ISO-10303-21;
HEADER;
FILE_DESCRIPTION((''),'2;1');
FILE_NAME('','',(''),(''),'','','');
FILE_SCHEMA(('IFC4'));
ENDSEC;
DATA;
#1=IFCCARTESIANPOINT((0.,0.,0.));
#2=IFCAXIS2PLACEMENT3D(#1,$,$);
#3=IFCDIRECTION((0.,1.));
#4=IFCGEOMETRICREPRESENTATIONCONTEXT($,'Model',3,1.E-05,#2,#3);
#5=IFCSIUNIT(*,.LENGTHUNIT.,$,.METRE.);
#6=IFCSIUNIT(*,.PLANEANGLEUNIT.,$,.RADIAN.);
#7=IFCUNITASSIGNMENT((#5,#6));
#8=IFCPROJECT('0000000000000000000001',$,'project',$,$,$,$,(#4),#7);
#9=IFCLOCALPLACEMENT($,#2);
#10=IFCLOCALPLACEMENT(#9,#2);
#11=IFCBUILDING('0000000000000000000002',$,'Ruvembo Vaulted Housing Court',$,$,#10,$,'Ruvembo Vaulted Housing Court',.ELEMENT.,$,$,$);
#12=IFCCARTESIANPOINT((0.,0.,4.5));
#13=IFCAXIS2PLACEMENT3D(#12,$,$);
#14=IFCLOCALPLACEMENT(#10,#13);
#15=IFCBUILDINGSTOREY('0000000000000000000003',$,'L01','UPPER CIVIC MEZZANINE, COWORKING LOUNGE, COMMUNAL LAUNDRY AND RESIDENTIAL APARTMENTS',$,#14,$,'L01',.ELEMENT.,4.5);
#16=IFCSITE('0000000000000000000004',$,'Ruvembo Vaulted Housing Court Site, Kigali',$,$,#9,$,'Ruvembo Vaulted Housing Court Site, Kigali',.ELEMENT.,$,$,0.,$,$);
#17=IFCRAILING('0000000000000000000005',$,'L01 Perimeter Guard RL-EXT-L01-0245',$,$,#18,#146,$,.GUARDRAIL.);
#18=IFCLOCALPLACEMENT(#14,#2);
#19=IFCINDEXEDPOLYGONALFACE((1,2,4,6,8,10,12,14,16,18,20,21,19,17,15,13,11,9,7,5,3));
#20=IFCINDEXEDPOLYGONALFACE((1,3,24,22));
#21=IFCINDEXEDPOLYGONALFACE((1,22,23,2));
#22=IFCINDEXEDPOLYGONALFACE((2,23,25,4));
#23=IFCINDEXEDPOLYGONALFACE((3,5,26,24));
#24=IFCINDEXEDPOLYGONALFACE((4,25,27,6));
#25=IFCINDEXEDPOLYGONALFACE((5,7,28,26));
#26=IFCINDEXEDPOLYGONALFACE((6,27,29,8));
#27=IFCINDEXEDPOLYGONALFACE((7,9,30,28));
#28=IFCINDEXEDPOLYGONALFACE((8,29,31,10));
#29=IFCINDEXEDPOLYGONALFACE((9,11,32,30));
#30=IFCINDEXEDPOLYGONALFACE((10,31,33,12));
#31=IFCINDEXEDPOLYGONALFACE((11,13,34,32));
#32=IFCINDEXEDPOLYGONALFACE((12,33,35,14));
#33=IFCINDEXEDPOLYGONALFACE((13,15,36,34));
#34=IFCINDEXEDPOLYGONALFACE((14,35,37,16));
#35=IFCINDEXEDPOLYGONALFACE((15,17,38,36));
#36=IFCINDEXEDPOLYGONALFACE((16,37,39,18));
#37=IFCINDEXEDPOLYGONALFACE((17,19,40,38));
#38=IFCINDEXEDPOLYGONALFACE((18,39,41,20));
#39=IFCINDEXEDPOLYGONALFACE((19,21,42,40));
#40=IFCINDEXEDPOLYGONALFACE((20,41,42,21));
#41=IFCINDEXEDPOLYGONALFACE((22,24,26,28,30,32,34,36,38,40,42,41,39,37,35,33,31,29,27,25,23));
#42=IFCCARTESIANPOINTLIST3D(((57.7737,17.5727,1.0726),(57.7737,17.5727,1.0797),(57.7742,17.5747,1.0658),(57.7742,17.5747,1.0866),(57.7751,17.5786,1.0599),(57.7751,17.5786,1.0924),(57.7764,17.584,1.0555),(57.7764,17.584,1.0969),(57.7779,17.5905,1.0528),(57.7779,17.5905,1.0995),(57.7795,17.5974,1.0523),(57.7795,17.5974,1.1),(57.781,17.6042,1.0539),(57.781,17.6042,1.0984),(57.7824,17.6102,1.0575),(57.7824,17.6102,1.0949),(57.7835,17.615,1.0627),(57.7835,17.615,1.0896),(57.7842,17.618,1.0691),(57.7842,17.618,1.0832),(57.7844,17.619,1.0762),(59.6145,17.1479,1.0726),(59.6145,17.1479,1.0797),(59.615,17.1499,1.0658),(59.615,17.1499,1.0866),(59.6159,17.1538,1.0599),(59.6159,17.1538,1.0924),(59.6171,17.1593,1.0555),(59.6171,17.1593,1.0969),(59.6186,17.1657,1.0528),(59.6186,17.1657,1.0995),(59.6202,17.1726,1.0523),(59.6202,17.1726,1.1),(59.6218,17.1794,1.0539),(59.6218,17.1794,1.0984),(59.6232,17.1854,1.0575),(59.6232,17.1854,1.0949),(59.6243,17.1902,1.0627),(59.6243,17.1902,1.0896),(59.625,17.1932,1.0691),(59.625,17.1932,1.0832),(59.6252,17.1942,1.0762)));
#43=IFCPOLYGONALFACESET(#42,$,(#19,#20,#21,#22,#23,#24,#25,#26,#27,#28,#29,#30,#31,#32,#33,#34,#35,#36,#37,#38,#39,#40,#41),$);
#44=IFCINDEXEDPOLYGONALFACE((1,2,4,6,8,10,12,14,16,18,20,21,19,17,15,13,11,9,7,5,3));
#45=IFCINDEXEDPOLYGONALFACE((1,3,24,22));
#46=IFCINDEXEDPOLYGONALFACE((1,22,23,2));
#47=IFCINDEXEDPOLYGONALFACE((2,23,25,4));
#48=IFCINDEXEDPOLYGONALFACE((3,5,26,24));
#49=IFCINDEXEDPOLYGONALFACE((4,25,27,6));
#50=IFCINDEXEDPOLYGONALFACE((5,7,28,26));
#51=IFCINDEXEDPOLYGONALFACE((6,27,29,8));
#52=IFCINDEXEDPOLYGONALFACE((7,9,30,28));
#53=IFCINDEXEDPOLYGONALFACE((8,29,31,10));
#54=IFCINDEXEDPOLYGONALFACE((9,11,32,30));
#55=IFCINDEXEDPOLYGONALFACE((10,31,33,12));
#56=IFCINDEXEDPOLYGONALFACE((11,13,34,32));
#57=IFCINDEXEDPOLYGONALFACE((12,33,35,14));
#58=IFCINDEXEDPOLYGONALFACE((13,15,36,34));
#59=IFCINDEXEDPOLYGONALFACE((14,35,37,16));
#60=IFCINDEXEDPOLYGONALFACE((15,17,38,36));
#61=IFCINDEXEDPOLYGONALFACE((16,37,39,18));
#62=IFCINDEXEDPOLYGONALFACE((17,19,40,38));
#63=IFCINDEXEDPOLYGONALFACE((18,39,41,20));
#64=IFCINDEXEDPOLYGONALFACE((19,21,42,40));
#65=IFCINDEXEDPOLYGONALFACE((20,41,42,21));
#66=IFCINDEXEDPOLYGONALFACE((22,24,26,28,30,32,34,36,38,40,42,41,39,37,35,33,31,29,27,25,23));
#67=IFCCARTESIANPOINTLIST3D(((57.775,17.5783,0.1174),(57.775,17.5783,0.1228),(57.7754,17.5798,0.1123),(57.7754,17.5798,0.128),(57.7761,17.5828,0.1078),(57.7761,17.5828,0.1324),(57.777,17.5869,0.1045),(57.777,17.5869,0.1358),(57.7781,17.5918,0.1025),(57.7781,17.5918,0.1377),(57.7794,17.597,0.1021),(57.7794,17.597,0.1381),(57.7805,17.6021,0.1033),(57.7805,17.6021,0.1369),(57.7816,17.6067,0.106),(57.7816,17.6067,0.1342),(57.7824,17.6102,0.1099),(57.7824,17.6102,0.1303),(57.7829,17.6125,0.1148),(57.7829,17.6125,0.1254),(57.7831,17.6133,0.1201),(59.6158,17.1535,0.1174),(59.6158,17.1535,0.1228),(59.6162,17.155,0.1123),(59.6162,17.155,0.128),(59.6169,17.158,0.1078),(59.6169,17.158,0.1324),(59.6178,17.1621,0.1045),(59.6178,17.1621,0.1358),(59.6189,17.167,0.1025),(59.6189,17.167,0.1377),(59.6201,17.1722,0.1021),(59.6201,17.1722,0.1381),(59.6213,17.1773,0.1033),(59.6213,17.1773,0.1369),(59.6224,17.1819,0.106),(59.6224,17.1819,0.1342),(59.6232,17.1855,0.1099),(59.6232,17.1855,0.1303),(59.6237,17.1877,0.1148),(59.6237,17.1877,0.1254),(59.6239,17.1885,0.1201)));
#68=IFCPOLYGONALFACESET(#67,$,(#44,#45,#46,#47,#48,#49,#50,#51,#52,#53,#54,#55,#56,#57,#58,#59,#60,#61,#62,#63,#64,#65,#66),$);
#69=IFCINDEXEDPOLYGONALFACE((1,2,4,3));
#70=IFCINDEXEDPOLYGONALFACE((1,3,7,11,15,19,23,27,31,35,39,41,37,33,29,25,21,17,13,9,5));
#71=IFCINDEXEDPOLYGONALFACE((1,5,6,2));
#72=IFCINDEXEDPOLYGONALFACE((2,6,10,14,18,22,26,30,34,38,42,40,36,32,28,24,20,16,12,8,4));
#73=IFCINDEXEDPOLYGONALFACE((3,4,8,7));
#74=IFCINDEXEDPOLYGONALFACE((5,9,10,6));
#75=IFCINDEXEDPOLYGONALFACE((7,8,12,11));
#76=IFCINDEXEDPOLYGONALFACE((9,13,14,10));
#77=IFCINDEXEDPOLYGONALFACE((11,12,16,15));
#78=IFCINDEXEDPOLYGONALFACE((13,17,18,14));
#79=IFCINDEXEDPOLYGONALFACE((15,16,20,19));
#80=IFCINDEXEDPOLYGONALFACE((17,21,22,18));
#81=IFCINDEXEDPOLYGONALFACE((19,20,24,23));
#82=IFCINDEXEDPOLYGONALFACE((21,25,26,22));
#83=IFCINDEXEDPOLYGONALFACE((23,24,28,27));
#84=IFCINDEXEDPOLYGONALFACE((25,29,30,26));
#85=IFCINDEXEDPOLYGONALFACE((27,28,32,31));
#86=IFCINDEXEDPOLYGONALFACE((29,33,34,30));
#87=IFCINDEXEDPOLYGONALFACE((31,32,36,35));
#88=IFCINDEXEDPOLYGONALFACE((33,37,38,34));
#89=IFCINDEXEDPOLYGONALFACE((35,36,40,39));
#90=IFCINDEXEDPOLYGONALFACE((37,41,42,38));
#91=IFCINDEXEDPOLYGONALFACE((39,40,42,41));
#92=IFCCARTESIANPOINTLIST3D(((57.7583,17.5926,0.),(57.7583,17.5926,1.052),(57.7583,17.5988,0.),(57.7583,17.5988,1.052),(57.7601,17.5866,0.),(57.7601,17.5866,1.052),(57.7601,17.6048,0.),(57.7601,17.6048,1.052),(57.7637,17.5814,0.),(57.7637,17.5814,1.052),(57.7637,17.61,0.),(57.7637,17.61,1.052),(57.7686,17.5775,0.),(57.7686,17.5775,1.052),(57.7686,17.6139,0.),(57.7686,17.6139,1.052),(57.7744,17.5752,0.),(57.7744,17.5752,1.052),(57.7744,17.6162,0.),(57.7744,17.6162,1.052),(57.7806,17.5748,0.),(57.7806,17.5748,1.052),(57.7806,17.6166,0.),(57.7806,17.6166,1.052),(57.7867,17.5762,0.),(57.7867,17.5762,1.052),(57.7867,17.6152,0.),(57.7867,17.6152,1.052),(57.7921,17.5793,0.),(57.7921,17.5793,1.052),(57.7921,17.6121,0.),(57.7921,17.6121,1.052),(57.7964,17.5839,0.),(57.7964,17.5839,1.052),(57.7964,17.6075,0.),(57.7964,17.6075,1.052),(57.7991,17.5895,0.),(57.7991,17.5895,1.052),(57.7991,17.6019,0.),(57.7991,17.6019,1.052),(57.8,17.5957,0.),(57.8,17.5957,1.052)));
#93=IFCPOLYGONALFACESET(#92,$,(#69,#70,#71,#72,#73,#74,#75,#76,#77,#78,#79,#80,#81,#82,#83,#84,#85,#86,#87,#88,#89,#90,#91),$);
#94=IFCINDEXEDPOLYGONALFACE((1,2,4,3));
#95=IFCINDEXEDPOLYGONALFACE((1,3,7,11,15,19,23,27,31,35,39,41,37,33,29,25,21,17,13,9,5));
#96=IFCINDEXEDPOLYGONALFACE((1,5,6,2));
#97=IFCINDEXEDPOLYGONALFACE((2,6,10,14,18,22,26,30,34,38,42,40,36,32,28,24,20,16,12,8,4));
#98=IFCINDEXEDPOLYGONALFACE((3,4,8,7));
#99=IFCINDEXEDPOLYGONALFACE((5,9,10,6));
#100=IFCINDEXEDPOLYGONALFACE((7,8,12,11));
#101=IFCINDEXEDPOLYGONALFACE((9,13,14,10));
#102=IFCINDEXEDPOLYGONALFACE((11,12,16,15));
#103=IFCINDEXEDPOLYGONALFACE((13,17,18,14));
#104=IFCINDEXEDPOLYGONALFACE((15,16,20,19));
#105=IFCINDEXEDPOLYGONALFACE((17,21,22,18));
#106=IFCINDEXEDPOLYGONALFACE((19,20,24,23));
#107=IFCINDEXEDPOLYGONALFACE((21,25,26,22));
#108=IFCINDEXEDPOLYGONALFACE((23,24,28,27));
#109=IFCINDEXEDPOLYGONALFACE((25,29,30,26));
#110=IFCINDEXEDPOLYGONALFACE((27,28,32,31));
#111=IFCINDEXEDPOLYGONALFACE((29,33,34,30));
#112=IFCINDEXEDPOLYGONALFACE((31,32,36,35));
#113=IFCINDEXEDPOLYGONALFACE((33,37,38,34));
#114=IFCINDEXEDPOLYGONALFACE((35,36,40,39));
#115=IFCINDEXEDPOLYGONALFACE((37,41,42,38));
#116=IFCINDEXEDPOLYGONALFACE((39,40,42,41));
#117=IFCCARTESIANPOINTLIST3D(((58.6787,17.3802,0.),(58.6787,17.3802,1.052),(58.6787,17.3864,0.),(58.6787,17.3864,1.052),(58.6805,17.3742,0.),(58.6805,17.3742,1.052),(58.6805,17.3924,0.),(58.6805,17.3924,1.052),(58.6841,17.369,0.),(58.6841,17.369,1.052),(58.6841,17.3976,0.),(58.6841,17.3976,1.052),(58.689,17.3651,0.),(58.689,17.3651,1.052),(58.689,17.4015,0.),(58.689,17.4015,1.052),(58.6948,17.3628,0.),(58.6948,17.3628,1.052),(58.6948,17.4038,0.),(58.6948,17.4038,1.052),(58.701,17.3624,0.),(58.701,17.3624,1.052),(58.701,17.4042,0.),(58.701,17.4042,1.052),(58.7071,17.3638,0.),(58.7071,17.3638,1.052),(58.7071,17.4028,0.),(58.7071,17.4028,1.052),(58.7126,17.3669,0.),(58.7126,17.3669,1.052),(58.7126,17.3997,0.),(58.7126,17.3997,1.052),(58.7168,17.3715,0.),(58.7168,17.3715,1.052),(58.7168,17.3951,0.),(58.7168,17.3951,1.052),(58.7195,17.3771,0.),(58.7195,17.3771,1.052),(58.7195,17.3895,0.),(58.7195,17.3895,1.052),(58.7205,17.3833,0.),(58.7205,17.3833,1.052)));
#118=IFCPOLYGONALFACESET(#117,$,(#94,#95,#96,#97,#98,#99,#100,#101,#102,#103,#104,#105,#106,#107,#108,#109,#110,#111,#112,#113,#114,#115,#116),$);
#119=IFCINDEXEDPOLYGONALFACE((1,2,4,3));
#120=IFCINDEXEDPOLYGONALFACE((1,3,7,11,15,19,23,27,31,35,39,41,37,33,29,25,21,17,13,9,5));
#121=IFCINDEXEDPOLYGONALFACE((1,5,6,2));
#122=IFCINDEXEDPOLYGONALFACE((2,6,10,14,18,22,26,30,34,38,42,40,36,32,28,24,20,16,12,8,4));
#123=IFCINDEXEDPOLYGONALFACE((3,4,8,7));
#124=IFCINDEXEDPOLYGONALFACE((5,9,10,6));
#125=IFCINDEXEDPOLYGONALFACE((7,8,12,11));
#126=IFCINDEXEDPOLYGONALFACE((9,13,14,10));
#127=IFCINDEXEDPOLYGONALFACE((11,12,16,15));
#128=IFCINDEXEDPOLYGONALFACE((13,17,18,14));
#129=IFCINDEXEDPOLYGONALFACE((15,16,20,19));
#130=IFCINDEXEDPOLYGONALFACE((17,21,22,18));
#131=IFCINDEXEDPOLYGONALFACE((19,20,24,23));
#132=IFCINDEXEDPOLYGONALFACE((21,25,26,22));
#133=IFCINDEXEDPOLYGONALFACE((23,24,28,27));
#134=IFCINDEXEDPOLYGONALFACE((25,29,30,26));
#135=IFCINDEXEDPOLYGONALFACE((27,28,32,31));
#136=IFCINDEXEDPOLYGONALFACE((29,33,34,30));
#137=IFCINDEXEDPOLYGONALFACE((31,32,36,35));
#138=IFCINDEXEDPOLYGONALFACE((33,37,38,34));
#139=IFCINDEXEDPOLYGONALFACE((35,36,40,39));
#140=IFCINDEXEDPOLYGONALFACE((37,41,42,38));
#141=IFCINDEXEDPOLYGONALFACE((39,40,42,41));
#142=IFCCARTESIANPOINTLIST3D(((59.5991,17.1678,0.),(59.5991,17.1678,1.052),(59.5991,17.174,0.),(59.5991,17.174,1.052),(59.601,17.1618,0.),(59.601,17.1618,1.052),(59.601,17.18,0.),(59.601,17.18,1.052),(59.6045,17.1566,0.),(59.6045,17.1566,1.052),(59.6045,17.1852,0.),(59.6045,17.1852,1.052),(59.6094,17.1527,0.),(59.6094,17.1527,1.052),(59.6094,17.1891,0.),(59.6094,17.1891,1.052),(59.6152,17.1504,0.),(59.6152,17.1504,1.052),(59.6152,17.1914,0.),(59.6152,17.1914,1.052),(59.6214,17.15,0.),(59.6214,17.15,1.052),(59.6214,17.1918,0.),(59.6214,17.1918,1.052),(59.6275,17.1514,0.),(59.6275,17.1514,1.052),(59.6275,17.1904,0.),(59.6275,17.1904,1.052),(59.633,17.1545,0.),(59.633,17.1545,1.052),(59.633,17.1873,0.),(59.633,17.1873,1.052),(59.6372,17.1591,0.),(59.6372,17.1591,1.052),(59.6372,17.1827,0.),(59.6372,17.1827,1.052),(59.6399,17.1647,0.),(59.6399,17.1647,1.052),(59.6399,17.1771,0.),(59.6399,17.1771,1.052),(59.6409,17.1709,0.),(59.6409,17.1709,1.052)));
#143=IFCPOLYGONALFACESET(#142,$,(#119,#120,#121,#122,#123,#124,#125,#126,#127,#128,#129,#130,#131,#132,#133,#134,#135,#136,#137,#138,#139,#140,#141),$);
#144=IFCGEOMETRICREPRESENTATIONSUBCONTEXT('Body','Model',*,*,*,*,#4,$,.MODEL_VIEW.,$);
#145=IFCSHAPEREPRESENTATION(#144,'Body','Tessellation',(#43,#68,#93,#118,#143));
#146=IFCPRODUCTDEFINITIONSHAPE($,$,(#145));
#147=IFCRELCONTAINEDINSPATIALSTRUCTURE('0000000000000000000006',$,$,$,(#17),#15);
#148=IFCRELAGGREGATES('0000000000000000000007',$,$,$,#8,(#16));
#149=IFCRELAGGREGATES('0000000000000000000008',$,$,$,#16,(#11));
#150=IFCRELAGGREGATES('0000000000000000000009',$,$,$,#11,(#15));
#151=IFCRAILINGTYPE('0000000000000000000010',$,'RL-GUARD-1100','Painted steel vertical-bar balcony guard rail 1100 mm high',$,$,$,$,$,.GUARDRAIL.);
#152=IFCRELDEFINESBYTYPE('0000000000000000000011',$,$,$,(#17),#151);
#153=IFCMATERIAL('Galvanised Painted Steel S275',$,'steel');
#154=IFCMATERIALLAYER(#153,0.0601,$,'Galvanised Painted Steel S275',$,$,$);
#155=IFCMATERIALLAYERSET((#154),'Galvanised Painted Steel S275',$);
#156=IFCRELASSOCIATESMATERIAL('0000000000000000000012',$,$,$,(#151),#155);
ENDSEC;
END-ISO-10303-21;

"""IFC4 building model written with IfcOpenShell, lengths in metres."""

from ifc_helpers import new_model, si_unit, direction, frame, origin, origin_2d, place, context, subcontext, project, spatial, circle, extrude, material, layer, layer_set, type_object, element, save


model = new_model("IFC4")

# Units and contexts
model_context = context("Model", 3, precision=1e-05, world=origin(), true_north=direction((0.0, 1.0)))
body_context = subcontext(model_context, "Body", "Model", "MODEL_VIEW")
ifc_project = project(units=[si_unit("LENGTHUNIT", "METRE"), si_unit("PLANEANGLEUNIT", "RADIAN")], contexts=[model_context])

# Site, building, storey
site_placement = place(None, origin())
site = spatial("IfcSite", under=ifc_project, at=site_placement, Name="Ruvembo Vaulted Housing Court Site, Kigali", LongName="Ruvembo Vaulted Housing Court Site, Kigali", CompositionType="ELEMENT", RefElevation=0.0)
building_placement = place(site_placement, origin())
building = spatial("IfcBuilding", under=site, at=building_placement, Name="Ruvembo Vaulted Housing Court", LongName="Ruvembo Vaulted Housing Court", CompositionType="ELEMENT")
storey_placement = place(building_placement, frame((0.0, 0.0, 4.5)))
storey = spatial("IfcBuildingStorey", under=building, at=storey_placement, Name="L01", Description="UPPER CIVIC MEZZANINE, COWORKING LOUNGE, COMMUNAL LAUNDRY AND RESIDENTIAL APARTMENTS", LongName="L01", CompositionType="ELEMENT", Elevation=4.5)

# Railing
ifc_material_1 = material(Name="Galvanised Painted Steel S275", Category="steel")
ifc_layer = layer(ifc_material_1, 0.0601, Name="Galvanised Painted Steel S275")
ifc_layer_set = layer_set([ifc_layer], Name="Galvanised Painted Steel S275")
railing_type = type_object("IfcRailingType", Name="RL-GUARD-1100", Description="Painted steel vertical-bar balcony guard rail 1100 mm high", PredefinedType="GUARDRAIL", material=ifc_layer_set)
railing_1_placement = place(storey_placement, frame((57.7791, 17.5957, 0.0)))
element("IfcRailing", 1, at=railing_1_placement, inside=storey, type_object=railing_type, Name="L01 Perimeter Guard RL-EXT-L01-0245", PredefinedType="GUARDRAIL", context=body_context, shape_type="SweptSolid", body=[
    extrude(circle(Radius=0.0239, at=origin_2d()), frame((0.0, 0.0, 1.0762), z_axis=(0.974391, -0.22486, 0.0), x_axis=(0.22486, 0.974391, 0.0)), (0.0, 0.0, 1.0), 1.8892),
    extrude(circle(Radius=0.0181, at=origin_2d()), frame((0.0, 0.0, 0.1201), z_axis=(0.974391, -0.22486, 0.0), x_axis=(0.22486, 0.974391, 0.0)), (0.0, 0.0, 1.0), 1.8892),
    extrude(circle(Radius=0.021, at=origin_2d()), origin(), (0.0, 0.0, 1.0), 1.052),
    extrude(circle(Radius=0.021, at=origin_2d()), frame((0.9204, -0.2124, 0.0)), (0.0, 0.0, 1.0), 1.052),
    extrude(circle(Radius=0.021, at=origin_2d()), frame((1.8408, -0.4248, 0.0)), (0.0, 0.0, 1.0), 1.052),
])

save(model, "model.ifc")
